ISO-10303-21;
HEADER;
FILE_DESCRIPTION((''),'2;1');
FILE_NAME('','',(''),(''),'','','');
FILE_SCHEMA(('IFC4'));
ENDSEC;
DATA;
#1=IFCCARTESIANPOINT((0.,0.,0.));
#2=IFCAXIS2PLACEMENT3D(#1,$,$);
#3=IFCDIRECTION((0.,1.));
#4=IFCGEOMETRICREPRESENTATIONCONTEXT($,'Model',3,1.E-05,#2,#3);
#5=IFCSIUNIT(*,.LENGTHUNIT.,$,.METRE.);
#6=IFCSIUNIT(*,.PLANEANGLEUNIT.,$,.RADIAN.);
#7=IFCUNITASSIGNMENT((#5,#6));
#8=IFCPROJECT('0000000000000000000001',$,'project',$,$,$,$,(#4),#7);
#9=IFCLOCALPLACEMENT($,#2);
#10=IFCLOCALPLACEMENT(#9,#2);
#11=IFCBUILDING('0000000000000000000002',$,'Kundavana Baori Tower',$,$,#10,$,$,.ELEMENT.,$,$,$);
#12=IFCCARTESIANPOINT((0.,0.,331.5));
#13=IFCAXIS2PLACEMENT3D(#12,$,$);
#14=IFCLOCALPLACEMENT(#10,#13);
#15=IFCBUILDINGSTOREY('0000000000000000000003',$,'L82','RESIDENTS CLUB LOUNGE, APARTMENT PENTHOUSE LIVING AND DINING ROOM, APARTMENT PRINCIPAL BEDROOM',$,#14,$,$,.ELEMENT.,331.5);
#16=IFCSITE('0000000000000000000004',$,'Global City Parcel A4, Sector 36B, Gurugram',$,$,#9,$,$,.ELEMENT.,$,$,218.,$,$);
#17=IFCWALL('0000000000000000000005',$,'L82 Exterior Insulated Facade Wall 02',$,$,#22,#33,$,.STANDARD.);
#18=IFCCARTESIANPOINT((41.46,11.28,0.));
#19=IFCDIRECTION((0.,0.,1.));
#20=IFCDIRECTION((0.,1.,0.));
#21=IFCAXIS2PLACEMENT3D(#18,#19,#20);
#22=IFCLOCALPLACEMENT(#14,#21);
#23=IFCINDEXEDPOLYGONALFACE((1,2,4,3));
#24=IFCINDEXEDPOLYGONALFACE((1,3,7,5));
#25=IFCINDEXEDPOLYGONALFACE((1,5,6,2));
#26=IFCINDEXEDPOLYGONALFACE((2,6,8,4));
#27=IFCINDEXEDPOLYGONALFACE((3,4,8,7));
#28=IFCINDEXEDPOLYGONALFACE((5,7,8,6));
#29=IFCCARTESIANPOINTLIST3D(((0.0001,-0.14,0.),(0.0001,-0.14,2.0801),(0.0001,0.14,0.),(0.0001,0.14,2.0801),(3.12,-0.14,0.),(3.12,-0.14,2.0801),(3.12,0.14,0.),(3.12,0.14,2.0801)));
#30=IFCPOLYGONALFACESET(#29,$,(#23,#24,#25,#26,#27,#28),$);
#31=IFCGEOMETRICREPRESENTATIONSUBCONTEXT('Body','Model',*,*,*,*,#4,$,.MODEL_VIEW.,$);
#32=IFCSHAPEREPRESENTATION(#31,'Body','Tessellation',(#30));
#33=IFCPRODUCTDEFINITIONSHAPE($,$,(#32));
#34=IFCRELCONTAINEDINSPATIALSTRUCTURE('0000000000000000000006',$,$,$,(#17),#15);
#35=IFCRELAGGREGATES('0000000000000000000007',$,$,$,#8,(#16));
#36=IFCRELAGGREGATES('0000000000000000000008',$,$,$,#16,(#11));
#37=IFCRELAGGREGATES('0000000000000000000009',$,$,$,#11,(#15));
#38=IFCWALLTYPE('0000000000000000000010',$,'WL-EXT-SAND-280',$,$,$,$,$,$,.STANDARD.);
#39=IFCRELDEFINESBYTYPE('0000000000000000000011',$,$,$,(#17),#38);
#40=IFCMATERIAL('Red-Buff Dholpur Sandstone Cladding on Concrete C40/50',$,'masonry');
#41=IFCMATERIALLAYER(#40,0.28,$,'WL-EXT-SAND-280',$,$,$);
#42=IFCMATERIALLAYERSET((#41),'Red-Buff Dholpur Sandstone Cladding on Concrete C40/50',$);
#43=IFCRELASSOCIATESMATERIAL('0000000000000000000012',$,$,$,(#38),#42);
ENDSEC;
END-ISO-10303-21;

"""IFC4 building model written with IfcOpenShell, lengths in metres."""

from ifc_helpers import new_model, si_unit, direction, frame, frame_2d, origin, place, context, subcontext, project, spatial, rectangle, extrude, material, layer, layer_set, type_object, element, save


model = new_model("IFC4")

# Units and contexts
model_context = context("Model", 3, precision=1e-05, world=origin(), true_north=direction((0.0, 1.0)))
body_context = subcontext(model_context, "Body", "Model", "MODEL_VIEW")
ifc_project = project(units=[si_unit("LENGTHUNIT", "METRE"), si_unit("PLANEANGLEUNIT", "RADIAN")], contexts=[model_context])

# Site, building, storey
site_placement = place(None, origin())
site = spatial("IfcSite", under=ifc_project, at=site_placement, Name="Global City Parcel A4, Sector 36B, Gurugram", CompositionType="ELEMENT", RefElevation=218.0)
building_placement = place(site_placement, origin())
building = spatial("IfcBuilding", under=site, at=building_placement, Name="Kundavana Baori Tower", CompositionType="ELEMENT")
storey_placement = place(building_placement, frame((0.0, 0.0, 331.5)))
storey = spatial("IfcBuildingStorey", under=building, at=storey_placement, Name="L82", Description="RESIDENTS CLUB LOUNGE, APARTMENT PENTHOUSE LIVING AND DINING ROOM, APARTMENT PRINCIPAL BEDROOM", CompositionType="ELEMENT", Elevation=331.5)

# Wall
ifc_material_1 = material(Name="Red-Buff Dholpur Sandstone Cladding on Concrete C40/50", Category="masonry")
ifc_layer_1 = layer(ifc_material_1, 0.28, Name="WL-EXT-SAND-280")
ifc_layer_set_1 = layer_set([ifc_layer_1], Name="Red-Buff Dholpur Sandstone Cladding on Concrete C40/50")
wall_type_1 = type_object("IfcWallType", Name="WL-EXT-SAND-280", PredefinedType="STANDARD", material=ifc_layer_set_1)
wall_1_placement = place(storey_placement, frame((41.46, 11.28, 0.0), z_axis=(0.0, 0.0, 1.0), x_axis=(0.0, 1.0, 0.0)))
element("IfcWall", 1, at=wall_1_placement, inside=storey, type_object=wall_type_1, Name="L82 Exterior Insulated Facade Wall 02", PredefinedType="STANDARD", context=body_context, shape_type="SweptSolid", body=[
    extrude(rectangle(XDim=3.1199, YDim=0.28, at=frame_2d((1.5601, 0.0))), origin(), (0.0, 0.0, 1.0), 2.0801),
])

save(model, "model.ifc")
